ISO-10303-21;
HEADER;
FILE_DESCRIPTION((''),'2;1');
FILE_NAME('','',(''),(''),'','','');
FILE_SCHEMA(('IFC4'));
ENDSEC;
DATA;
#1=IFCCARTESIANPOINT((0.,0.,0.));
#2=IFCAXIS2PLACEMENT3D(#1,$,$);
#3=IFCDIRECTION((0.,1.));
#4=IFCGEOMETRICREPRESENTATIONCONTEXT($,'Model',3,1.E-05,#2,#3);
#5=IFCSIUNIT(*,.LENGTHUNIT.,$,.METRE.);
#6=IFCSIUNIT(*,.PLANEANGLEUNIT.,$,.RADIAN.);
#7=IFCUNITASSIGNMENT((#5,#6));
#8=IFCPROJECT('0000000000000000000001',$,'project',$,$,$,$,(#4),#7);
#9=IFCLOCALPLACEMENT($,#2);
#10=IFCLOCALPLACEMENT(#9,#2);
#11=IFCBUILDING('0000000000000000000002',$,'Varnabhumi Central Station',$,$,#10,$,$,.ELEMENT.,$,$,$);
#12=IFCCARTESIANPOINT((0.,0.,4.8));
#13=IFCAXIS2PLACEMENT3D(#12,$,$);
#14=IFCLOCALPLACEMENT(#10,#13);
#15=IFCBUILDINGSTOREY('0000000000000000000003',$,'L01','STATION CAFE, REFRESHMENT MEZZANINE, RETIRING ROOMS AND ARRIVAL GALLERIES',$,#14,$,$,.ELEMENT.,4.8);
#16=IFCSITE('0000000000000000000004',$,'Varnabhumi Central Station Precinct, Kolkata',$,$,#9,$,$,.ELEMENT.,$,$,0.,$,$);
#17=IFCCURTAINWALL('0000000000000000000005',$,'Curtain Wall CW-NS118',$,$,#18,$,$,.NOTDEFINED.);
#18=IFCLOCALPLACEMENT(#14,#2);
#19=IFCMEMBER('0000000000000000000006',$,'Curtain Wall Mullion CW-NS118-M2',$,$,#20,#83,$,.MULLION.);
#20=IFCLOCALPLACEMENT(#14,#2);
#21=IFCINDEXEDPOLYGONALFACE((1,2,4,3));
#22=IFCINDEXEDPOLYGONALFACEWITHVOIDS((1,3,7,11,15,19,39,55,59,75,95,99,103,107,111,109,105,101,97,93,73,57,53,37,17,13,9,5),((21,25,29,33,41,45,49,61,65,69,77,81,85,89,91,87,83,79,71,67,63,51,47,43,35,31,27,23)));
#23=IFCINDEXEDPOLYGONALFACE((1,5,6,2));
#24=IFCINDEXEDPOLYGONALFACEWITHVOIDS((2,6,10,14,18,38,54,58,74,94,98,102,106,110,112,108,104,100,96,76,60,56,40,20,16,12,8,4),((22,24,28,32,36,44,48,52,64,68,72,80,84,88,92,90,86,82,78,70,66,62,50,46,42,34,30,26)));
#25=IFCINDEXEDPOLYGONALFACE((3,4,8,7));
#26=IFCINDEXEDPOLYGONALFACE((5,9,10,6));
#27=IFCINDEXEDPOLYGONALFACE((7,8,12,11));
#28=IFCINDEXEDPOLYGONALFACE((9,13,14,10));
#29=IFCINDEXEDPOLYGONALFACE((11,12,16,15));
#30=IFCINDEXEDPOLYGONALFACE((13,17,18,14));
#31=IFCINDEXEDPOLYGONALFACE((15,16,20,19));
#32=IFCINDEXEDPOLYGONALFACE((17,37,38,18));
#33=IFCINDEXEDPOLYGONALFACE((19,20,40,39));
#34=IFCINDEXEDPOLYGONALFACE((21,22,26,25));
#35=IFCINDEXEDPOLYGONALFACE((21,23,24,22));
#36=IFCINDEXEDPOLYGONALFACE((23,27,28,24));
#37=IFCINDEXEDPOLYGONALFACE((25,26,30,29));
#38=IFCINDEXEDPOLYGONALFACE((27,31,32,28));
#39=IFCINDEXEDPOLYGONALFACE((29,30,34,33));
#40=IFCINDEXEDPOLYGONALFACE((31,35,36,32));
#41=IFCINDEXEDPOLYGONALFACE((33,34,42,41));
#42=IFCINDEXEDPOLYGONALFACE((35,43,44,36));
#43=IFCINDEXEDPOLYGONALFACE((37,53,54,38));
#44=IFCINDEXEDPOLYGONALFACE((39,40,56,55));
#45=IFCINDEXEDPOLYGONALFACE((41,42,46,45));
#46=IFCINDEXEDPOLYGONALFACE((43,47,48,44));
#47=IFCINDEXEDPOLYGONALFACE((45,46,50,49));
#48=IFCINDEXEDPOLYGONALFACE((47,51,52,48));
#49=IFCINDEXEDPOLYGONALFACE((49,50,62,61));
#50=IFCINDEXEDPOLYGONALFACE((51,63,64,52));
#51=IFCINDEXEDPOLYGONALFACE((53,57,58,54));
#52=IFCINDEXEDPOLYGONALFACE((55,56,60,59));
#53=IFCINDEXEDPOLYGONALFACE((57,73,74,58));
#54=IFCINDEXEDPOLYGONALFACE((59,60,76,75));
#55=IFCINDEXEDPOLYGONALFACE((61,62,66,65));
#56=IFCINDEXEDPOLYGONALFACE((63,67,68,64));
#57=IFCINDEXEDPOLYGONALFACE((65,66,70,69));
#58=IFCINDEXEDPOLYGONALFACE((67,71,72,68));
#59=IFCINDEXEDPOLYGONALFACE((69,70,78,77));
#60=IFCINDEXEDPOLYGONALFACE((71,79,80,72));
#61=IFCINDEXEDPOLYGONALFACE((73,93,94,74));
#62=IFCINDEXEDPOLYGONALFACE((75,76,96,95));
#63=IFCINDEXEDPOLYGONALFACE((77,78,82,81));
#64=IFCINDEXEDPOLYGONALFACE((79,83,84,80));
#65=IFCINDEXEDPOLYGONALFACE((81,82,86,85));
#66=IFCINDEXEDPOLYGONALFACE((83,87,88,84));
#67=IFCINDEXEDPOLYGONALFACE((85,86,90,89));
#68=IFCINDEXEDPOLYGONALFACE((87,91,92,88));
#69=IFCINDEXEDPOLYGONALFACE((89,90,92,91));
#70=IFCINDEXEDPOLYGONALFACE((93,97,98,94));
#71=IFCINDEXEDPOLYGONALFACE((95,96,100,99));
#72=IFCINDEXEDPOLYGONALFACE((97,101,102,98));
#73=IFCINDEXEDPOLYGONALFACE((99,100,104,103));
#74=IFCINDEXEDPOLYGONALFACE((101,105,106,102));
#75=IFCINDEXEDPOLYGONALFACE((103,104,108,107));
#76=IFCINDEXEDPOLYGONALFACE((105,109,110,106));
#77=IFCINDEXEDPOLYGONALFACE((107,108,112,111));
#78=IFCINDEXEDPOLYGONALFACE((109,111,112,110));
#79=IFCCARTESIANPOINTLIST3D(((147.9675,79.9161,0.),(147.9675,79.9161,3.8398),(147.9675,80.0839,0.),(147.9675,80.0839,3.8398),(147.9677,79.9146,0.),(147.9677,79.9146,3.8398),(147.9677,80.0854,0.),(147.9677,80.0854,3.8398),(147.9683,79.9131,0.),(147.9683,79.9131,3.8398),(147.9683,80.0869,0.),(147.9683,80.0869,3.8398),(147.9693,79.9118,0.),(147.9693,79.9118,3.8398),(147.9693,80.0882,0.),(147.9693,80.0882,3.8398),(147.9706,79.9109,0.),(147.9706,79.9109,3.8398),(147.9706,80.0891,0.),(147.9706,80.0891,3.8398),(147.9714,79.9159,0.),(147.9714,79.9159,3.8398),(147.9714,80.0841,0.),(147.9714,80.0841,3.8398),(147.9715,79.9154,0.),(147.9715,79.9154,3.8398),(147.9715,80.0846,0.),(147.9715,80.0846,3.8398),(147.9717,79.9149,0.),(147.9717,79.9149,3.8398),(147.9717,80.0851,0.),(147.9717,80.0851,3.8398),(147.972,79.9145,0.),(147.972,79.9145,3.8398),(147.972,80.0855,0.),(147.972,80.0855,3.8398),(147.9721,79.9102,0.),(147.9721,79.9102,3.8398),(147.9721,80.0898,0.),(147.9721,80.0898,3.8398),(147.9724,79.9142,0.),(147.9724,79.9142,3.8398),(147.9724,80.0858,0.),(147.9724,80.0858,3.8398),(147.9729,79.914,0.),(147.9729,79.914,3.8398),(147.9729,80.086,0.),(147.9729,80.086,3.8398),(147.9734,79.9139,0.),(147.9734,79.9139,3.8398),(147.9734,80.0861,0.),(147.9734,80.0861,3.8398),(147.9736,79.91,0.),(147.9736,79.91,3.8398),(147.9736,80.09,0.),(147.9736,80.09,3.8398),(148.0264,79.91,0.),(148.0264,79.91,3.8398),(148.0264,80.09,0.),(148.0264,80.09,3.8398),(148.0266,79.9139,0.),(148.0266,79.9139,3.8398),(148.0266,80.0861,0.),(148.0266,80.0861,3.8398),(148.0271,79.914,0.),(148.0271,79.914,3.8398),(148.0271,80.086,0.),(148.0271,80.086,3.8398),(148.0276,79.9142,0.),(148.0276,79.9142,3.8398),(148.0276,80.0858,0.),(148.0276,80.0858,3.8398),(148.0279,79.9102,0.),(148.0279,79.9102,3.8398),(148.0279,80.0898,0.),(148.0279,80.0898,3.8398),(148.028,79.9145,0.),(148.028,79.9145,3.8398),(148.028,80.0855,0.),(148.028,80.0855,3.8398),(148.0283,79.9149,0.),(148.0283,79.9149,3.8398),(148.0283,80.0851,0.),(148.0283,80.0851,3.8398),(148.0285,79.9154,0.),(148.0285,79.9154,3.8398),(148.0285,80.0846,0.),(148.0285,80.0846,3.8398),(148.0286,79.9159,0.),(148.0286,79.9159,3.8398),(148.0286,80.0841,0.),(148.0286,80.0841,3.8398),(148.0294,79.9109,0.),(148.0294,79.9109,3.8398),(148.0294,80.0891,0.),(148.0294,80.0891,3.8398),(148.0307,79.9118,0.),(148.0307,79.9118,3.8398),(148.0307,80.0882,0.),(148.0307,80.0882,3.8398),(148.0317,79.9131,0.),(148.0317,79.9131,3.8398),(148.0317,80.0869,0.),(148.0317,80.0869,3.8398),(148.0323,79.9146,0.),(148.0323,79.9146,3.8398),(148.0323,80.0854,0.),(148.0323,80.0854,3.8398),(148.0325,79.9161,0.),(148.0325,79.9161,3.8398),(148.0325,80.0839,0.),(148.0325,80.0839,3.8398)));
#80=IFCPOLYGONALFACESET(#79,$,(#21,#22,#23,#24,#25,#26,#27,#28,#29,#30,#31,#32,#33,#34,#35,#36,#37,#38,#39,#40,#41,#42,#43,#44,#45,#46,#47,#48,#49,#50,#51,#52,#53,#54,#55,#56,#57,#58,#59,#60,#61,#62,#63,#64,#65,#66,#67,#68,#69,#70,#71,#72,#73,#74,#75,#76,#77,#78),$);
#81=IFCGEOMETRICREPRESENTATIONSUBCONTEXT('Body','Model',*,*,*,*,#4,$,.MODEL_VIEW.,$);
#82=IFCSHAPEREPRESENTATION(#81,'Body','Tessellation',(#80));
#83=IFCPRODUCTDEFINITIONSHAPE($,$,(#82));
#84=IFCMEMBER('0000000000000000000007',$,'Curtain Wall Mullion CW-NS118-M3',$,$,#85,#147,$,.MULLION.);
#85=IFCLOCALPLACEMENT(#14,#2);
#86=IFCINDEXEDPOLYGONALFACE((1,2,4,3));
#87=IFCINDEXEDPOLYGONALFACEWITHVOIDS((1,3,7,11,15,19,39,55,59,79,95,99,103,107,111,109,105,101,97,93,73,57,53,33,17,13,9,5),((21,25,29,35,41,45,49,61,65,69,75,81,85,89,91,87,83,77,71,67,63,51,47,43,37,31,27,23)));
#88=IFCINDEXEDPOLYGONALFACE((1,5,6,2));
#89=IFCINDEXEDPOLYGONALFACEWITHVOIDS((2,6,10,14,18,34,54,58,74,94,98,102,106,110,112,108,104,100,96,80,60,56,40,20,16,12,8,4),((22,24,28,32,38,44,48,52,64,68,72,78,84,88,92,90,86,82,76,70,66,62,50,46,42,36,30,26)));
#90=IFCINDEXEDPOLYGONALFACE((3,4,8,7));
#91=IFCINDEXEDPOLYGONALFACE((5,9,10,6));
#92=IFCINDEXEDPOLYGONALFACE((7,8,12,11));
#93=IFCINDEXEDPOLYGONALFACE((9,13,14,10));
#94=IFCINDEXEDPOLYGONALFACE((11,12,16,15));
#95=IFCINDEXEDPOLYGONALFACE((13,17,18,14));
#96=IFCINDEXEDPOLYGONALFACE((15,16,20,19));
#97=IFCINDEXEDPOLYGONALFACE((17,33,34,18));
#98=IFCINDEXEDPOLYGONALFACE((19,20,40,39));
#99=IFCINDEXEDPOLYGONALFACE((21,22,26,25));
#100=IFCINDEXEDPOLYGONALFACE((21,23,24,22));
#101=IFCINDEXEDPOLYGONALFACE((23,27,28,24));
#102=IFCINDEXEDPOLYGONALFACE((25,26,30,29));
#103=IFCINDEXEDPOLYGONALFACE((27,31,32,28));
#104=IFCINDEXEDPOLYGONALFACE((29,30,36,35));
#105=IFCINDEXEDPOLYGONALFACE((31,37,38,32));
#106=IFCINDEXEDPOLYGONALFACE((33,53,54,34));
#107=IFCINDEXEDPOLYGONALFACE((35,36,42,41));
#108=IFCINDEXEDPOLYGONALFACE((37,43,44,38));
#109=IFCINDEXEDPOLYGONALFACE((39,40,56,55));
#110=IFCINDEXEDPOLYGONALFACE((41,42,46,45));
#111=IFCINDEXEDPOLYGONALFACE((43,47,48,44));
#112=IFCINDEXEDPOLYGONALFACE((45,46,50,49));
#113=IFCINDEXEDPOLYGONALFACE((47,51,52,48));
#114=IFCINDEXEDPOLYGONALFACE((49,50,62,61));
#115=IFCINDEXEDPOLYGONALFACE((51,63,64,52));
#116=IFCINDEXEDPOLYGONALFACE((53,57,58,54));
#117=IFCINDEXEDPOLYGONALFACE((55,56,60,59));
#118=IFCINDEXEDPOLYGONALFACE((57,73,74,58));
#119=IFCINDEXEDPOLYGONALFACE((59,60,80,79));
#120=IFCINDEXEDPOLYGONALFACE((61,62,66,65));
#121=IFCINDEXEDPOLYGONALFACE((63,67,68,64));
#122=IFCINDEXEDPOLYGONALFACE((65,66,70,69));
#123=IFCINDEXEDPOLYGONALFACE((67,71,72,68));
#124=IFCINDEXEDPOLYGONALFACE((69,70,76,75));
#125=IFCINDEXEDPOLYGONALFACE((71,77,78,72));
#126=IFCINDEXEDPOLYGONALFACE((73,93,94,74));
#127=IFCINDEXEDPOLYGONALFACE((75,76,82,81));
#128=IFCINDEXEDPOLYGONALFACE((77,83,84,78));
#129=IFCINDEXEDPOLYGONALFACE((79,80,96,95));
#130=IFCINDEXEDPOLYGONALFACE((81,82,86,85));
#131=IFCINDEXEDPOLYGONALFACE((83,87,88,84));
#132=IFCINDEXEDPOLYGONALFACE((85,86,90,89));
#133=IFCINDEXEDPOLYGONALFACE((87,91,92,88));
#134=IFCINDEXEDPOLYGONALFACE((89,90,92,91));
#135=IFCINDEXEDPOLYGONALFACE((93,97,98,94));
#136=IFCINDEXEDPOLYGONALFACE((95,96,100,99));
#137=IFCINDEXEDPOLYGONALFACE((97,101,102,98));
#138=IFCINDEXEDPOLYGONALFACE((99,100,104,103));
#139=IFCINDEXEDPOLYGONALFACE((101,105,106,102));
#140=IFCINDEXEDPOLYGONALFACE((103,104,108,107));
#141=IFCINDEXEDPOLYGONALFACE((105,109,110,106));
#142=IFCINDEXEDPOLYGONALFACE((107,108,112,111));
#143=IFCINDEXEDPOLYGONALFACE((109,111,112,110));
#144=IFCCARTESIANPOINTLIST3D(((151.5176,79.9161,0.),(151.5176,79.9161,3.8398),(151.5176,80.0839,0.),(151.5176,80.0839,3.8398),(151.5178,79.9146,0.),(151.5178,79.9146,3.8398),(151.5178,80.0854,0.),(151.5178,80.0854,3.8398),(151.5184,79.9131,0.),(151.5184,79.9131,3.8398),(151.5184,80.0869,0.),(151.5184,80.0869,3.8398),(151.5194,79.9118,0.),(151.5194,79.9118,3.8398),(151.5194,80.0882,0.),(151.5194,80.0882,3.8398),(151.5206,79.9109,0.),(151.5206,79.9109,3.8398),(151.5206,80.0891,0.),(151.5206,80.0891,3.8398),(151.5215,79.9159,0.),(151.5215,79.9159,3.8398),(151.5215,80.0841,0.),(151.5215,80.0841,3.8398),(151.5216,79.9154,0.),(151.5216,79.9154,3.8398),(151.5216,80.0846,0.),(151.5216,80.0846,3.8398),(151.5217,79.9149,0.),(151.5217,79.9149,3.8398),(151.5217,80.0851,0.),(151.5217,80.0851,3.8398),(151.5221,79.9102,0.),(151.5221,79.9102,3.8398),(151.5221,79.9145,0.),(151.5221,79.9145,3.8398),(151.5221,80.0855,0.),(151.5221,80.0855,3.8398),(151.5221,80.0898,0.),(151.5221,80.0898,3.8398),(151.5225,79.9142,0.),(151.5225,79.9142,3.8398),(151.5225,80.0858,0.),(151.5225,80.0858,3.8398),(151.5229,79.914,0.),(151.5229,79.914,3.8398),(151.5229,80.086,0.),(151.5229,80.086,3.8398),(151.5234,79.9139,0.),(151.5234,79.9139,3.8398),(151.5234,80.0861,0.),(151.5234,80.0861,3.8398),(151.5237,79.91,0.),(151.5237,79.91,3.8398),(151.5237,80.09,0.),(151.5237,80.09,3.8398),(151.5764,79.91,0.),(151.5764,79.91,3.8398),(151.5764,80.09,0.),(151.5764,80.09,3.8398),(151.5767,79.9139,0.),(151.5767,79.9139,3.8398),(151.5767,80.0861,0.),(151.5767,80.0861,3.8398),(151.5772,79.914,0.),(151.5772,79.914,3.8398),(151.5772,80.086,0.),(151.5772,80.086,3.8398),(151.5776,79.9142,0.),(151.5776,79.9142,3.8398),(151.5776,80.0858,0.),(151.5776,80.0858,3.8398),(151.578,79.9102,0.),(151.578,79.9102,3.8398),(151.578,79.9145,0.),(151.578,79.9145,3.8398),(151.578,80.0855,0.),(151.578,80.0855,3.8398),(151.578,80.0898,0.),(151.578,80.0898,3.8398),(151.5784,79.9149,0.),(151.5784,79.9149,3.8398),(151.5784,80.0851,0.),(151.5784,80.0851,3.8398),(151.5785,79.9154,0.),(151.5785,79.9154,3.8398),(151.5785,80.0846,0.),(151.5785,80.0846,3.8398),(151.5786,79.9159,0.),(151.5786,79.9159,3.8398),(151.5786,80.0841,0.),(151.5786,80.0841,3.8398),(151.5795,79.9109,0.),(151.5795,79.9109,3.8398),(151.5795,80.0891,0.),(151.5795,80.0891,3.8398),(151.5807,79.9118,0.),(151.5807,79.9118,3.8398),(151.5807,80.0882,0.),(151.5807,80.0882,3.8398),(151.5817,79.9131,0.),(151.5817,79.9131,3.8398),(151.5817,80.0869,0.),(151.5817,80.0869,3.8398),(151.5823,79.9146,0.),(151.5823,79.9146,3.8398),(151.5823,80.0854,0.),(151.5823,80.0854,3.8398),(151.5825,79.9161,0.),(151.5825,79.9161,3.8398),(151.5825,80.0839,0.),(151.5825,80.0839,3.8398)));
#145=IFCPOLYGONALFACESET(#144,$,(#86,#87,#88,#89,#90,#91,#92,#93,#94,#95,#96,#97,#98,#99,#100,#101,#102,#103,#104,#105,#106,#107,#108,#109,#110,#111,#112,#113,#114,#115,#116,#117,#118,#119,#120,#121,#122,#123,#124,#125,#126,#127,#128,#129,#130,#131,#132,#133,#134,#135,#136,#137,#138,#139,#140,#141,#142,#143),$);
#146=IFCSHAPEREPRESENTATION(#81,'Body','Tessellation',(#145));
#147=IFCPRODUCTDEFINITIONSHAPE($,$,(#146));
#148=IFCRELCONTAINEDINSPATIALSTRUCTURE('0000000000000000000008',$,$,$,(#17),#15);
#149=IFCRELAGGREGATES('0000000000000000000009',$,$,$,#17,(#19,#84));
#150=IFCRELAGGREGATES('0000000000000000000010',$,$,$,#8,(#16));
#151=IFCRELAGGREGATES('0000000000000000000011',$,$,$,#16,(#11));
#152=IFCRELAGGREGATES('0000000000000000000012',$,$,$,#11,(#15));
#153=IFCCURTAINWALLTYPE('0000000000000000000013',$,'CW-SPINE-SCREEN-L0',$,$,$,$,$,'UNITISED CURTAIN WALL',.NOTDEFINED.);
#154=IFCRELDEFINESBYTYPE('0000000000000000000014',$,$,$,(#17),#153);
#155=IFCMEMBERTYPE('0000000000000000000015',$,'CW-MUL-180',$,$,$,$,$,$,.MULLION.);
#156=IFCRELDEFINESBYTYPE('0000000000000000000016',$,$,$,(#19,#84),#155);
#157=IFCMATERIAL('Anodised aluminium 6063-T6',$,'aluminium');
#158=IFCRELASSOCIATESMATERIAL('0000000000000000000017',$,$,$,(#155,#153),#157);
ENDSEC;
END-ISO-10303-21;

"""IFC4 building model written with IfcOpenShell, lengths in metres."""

from ifc_helpers import new_model, si_unit, direction, frame, origin, origin_2d, place, context, subcontext, project, spatial, hollow_rectangle, extrude, material, material_profile, profile_set, type_object, element, aggregate, save


model = new_model("IFC4")

# Units and contexts
model_context = context("Model", 3, precision=1e-05, world=origin(), true_north=direction((0.0, 1.0)))
body_context = subcontext(model_context, "Body", "Model", "MODEL_VIEW")
ifc_project = project(units=[si_unit("LENGTHUNIT", "METRE"), si_unit("PLANEANGLEUNIT", "RADIAN")], contexts=[model_context])

# Site, building, storey
site_placement = place(None, origin())
site = spatial("IfcSite", under=ifc_project, at=site_placement, Name="Varnabhumi Central Station Precinct, Kolkata", CompositionType="ELEMENT", RefElevation=0.0)
building_placement = place(site_placement, origin())
building = spatial("IfcBuilding", under=site, at=building_placement, Name="Varnabhumi Central Station", CompositionType="ELEMENT")
storey_placement = place(building_placement, frame((0.0, 0.0, 4.8)))
storey = spatial("IfcBuildingStorey", under=building, at=storey_placement, Name="L01", Description="STATION CAFE, REFRESHMENT MEZZANINE, RETIRING ROOMS AND ARRIVAL GALLERIES", CompositionType="ELEMENT", Elevation=4.8)

# Curtain wall, members
ifc_material_1 = material(Name="Anodised aluminium 6063-T6", Category="aluminium")
ifc_material_profile_1 = material_profile(ifc_material_1, hollow_rectangle(XDim=0.0649, YDim=0.1799, WallThickness=0.0039, InnerFilletRadius=0.002, OuterFilletRadius=0.0061, at=origin_2d()), Name="Anodised aluminium 6063-T6", Category="aluminium")
ifc_profile_set_1 = profile_set([ifc_material_profile_1], Name="Anodised aluminium 6063-T6")
member_type_1 = type_object("IfcMemberType", Name="CW-MUL-180", PredefinedType="MULLION", material=ifc_profile_set_1)
curtain_wall_type_1 = type_object("IfcCurtainWallType", Name="CW-SPINE-SCREEN-L0", ElementType="UNITISED CURTAIN WALL", PredefinedType="NOTDEFINED", material=ifc_material_1)
curtain_wall_1_placement = place(storey_placement, origin())
curtain_wall_1 = element("IfcCurtainWall", 1, at=curtain_wall_1_placement, inside=storey, type_object=curtain_wall_type_1, Name="Curtain Wall CW-NS118", PredefinedType="NOTDEFINED")
member_1_placement = place(storey_placement, frame((148.0, 80.0, 0.0), z_axis=(0.0, 0.0, 1.0), x_axis=(1.0, 0.0, 0.0)))
member_1 = element("IfcMember", 2, at=member_1_placement, type_object=member_type_1, Name="Curtain Wall Mullion CW-NS118-M2", PredefinedType="MULLION", context=body_context, shape_type="SweptSolid", body=[
    extrude(hollow_rectangle(XDim=0.0649, YDim=0.1799, WallThickness=0.0039, InnerFilletRadius=0.002, OuterFilletRadius=0.0061, at=origin_2d()), origin(), (0.0, 0.0, 1.0), 3.8398),
])
member_2_placement = place(storey_placement, frame((151.55, 80.0, 0.0), z_axis=(0.0, 0.0, 1.0), x_axis=(1.0, 0.0, 0.0)))
member_2 = element("IfcMember", 3, at=member_2_placement, type_object=member_type_1, Name="Curtain Wall Mullion CW-NS118-M3", PredefinedType="MULLION", context=body_context, shape_type="SweptSolid", body=[
    extrude(hollow_rectangle(XDim=0.0649, YDim=0.1799, WallThickness=0.0039, InnerFilletRadius=0.002, OuterFilletRadius=0.0061, at=origin_2d()), origin(), (0.0, 0.0, 1.0), 3.8398),
])

aggregate(curtain_wall_1, [member_1, member_2])

save(model, "model.ifc")
